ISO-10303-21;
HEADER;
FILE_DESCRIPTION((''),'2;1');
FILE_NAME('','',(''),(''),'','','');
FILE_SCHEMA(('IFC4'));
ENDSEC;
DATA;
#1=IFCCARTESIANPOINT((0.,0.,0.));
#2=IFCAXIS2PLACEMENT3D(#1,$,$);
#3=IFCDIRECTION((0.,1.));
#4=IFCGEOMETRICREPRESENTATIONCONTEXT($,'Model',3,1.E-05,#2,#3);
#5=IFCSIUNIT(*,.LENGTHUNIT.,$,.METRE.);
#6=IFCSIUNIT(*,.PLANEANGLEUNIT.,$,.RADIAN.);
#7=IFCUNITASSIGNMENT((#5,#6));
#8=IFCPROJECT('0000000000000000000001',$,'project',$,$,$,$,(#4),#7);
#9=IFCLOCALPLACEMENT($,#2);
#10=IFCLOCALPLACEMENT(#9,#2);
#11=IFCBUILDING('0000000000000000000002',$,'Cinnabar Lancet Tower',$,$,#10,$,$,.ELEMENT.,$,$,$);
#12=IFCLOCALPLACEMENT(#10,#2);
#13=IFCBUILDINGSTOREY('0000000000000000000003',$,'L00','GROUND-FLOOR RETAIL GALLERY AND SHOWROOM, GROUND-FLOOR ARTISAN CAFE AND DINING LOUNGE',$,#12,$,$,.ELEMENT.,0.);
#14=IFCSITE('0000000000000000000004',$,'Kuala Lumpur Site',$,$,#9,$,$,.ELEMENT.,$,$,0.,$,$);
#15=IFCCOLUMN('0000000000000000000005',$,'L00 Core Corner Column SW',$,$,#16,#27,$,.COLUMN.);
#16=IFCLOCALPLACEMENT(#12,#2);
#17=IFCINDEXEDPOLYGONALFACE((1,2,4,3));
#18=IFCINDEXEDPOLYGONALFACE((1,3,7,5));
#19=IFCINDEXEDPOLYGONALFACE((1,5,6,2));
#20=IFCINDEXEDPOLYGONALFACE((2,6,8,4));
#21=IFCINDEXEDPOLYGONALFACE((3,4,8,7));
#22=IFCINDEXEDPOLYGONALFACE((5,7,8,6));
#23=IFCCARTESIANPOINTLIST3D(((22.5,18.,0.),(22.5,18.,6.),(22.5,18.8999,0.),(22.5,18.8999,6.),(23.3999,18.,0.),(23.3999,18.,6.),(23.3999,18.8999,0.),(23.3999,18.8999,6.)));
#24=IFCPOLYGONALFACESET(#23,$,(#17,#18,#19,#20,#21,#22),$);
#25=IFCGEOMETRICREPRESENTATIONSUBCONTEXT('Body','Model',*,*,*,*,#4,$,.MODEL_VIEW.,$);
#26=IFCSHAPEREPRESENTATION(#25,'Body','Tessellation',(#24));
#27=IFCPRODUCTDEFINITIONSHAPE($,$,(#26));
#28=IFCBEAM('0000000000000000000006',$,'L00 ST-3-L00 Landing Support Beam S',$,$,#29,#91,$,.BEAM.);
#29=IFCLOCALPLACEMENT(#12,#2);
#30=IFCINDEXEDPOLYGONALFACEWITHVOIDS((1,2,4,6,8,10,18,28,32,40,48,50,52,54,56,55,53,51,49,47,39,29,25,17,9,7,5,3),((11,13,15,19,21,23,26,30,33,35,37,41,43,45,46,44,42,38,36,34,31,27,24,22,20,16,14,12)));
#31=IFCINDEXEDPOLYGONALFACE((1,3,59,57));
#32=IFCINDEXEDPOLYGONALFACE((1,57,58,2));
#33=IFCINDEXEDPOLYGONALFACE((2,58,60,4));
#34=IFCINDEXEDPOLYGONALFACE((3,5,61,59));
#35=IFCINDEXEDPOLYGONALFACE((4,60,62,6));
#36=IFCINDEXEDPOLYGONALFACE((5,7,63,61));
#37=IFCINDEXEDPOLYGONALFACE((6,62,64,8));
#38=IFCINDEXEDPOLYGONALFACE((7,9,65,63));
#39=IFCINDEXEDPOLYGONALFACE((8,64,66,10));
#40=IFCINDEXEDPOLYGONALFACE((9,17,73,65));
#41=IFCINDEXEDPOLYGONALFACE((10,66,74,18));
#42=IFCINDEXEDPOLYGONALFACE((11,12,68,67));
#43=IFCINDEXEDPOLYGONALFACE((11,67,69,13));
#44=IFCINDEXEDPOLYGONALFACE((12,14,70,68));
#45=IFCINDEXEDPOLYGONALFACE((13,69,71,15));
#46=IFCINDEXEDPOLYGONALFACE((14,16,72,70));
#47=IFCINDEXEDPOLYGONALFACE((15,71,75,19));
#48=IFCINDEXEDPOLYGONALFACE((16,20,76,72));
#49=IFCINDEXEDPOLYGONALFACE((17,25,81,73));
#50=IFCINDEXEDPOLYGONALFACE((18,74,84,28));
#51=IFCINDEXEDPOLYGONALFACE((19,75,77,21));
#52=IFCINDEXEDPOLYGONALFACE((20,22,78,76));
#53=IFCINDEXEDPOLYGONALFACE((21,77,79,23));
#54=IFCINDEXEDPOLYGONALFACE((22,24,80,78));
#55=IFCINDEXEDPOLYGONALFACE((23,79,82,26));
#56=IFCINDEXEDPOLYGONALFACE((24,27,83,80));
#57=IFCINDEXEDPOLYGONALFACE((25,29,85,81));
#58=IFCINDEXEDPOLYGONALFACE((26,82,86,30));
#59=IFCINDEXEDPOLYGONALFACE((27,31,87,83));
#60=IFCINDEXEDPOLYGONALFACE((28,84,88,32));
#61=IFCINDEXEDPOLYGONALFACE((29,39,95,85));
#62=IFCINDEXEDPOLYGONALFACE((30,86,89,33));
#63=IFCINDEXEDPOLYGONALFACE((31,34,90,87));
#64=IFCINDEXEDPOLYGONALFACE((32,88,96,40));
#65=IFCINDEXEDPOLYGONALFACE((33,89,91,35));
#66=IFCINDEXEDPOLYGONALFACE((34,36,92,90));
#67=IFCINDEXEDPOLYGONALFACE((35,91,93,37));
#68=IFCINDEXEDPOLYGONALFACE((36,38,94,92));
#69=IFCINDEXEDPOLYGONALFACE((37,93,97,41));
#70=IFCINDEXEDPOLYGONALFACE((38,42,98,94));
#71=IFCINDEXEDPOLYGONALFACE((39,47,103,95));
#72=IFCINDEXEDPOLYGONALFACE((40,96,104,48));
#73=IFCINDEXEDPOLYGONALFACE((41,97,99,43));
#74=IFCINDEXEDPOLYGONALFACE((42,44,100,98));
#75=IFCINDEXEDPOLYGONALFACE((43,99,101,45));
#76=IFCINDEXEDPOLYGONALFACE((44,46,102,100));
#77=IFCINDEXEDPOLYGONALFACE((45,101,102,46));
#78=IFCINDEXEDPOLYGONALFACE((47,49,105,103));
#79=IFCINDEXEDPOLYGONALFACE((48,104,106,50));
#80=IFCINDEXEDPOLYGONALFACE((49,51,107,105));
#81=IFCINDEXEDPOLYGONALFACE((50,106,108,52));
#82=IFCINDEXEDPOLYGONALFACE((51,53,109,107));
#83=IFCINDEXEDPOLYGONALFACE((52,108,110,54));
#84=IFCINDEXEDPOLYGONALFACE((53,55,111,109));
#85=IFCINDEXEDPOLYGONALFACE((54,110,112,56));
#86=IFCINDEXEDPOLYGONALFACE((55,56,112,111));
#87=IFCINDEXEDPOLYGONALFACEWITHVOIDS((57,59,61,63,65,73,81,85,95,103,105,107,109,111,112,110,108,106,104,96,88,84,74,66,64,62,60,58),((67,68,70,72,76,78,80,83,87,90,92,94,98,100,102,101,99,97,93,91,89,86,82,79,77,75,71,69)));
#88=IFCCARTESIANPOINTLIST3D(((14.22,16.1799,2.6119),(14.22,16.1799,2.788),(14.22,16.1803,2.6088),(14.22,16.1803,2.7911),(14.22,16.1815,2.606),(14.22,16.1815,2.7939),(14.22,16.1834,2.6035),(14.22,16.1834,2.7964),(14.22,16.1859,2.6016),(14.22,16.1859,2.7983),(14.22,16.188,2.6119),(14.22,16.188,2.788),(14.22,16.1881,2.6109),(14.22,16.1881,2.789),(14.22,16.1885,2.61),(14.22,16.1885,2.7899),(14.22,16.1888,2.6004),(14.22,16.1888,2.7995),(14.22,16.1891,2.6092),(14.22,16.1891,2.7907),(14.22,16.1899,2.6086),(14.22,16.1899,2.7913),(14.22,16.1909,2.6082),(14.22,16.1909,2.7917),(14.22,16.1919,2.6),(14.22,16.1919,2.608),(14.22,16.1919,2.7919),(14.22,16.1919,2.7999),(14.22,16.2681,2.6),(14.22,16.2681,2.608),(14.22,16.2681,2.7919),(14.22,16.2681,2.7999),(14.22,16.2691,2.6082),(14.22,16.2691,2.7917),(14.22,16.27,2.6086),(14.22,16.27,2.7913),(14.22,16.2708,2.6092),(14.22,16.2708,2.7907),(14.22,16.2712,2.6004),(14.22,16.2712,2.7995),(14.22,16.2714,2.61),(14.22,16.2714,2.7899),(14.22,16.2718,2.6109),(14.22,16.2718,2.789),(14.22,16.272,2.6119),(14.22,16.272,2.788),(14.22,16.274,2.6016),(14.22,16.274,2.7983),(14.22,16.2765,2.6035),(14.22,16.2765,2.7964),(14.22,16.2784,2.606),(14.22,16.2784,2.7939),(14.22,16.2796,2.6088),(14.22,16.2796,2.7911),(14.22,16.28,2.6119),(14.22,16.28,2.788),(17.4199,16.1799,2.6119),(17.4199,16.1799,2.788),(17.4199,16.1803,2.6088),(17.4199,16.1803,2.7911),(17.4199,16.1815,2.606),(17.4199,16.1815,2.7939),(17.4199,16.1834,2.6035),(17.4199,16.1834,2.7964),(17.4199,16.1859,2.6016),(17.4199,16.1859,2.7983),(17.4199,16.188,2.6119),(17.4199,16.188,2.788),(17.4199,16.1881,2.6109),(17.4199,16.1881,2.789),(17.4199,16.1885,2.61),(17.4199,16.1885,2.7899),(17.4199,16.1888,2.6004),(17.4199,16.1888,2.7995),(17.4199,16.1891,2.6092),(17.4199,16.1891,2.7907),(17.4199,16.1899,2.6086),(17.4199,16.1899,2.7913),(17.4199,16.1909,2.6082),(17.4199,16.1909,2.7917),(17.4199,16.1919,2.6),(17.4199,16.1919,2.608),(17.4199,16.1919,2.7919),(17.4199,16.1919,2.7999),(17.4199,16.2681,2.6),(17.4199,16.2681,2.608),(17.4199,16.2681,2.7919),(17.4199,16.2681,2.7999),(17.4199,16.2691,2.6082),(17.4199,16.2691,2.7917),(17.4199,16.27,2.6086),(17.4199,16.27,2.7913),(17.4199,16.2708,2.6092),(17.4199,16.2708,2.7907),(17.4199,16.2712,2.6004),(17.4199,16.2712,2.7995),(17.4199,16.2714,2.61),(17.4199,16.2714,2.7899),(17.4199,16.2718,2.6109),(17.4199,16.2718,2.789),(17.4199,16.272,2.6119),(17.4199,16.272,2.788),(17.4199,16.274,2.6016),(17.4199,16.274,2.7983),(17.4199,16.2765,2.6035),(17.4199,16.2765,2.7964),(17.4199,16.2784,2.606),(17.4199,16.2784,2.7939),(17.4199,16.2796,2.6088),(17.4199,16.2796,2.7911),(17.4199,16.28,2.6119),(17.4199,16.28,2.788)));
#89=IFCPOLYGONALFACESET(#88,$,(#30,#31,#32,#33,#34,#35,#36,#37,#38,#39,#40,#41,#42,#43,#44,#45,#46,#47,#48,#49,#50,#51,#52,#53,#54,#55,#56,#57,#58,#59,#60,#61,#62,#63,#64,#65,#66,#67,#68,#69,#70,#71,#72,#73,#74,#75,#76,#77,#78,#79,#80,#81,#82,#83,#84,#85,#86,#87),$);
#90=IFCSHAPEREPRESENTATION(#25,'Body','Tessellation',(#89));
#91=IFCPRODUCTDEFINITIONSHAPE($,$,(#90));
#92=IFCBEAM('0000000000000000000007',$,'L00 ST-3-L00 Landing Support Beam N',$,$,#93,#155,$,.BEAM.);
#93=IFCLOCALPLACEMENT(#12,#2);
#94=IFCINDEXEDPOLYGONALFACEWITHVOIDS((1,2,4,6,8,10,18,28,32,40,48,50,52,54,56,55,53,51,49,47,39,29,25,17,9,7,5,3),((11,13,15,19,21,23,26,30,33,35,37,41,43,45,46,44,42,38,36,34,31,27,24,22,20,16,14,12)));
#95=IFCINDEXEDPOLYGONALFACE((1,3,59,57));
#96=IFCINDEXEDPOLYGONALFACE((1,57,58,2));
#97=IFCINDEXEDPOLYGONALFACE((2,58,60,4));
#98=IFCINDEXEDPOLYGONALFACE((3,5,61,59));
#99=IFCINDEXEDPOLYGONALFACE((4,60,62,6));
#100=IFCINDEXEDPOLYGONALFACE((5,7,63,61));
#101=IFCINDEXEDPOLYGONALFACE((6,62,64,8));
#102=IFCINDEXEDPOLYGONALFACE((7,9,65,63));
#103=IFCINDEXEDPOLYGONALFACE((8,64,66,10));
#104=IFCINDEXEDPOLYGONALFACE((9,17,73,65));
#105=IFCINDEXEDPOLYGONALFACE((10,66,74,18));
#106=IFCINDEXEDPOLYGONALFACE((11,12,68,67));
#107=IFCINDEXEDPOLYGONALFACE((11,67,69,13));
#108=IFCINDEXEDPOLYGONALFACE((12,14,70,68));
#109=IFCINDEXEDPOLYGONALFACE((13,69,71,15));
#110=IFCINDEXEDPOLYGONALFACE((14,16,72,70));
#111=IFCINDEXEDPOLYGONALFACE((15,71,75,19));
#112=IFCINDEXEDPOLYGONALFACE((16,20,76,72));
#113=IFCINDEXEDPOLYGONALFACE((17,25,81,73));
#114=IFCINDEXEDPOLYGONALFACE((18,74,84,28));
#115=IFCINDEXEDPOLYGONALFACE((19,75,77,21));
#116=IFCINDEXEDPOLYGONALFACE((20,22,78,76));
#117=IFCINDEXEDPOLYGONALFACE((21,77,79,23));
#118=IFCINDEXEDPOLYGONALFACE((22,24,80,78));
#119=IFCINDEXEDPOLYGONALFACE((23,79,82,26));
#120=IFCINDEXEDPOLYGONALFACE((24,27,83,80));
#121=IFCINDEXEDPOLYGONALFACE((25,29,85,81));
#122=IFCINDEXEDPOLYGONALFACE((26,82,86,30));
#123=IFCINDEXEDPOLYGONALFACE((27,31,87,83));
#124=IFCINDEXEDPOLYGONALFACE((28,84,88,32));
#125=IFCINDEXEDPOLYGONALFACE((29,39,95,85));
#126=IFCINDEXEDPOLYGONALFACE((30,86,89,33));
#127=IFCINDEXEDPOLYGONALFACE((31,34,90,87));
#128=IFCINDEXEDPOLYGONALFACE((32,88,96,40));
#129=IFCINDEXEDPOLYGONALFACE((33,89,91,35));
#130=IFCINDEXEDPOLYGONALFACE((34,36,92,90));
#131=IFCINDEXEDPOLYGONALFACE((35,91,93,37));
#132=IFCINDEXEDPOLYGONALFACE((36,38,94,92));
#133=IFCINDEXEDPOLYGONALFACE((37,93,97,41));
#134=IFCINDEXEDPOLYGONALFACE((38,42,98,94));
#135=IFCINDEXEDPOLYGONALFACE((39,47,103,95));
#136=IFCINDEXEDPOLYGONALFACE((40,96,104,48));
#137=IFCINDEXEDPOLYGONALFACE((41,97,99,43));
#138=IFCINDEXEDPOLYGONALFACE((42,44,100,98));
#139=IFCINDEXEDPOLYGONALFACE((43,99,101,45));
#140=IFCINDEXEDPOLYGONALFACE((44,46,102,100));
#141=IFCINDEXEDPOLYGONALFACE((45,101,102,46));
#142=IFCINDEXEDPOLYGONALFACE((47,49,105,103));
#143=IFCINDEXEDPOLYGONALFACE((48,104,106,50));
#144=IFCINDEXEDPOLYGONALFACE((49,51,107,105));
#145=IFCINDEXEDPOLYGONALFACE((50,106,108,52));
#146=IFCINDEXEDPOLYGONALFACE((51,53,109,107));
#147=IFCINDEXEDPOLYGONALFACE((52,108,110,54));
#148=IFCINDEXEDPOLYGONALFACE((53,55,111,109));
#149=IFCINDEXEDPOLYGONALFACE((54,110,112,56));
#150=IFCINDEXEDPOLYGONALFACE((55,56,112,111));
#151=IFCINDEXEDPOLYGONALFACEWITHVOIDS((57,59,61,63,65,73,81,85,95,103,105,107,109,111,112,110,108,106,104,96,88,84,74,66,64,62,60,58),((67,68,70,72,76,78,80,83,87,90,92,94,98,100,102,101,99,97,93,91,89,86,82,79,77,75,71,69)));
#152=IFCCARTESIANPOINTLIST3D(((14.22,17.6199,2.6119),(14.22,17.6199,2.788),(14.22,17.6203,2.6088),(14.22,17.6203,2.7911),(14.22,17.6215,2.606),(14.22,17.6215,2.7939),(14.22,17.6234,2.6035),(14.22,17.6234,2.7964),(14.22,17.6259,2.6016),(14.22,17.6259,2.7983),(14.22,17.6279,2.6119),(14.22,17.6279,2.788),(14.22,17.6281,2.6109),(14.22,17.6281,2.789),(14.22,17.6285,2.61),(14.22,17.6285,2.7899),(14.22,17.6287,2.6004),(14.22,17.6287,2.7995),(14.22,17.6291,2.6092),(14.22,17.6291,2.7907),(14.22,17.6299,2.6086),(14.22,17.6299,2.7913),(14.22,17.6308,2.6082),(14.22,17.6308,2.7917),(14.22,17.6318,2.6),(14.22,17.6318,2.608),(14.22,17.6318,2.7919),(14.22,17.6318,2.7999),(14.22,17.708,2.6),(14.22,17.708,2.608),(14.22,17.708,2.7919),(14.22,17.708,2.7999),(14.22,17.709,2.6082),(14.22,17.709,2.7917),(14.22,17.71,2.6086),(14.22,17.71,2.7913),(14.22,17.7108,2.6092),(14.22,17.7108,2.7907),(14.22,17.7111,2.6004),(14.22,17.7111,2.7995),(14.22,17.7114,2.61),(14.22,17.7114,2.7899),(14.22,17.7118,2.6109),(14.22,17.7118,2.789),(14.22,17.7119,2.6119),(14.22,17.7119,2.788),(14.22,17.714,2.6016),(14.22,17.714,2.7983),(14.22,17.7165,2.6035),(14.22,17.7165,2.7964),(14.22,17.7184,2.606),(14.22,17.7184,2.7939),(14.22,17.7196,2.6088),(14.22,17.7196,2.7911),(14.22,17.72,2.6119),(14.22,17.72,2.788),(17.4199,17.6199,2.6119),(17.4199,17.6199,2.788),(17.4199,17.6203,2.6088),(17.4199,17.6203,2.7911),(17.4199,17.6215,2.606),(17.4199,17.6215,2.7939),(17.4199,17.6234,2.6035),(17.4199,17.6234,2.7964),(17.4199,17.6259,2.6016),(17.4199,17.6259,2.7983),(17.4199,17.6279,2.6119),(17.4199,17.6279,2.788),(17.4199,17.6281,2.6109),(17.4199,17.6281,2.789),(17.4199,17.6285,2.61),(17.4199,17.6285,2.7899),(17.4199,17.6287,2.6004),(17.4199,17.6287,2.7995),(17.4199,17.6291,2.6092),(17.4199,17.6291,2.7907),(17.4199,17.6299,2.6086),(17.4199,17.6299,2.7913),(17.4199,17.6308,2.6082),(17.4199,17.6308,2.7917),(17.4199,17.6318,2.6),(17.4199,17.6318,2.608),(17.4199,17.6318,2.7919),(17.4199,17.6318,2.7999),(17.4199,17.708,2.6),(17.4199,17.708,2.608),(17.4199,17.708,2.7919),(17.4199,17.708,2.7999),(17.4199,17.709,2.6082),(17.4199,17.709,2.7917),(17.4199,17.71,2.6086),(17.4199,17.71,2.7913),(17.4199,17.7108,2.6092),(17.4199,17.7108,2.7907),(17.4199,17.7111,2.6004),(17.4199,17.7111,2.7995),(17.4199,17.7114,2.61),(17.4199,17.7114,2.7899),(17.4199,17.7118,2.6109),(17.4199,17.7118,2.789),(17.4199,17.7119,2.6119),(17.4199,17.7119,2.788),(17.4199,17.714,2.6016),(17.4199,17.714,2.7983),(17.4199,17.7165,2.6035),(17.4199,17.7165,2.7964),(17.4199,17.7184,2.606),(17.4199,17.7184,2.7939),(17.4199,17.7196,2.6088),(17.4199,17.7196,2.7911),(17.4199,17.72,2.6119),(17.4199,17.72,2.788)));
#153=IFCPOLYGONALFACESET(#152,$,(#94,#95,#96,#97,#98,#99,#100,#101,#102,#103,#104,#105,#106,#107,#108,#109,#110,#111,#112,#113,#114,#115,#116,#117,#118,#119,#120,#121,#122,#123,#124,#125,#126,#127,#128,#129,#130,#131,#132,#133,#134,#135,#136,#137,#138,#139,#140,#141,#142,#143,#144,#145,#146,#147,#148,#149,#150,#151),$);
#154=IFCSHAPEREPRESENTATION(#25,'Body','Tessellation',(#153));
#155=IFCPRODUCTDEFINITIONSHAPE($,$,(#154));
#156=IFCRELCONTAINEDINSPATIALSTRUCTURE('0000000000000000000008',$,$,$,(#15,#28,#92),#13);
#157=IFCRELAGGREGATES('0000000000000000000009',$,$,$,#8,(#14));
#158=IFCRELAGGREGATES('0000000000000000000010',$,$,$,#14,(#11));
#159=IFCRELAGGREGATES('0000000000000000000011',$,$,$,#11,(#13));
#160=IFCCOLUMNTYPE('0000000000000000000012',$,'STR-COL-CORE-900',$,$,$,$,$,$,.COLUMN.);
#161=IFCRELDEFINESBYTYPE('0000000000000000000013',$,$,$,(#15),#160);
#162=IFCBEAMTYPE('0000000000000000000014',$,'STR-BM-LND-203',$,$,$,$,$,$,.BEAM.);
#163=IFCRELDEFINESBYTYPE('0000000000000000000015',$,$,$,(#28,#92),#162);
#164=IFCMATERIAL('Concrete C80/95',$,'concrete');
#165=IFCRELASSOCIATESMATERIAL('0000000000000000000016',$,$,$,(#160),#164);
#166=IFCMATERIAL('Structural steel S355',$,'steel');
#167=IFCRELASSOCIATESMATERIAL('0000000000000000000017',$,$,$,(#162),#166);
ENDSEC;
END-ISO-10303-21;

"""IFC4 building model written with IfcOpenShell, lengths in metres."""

from ifc_helpers import new_model, si_unit, direction, frame, origin, origin_2d, place, context, subcontext, project, spatial, rectangle, hollow_rectangle, extrude, material, material_profile, profile_set, type_object, element, save


model = new_model("IFC4")

# Units and contexts
model_context = context("Model", 3, precision=1e-05, world=origin(), true_north=direction((0.0, 1.0)))
body_context = subcontext(model_context, "Body", "Model", "MODEL_VIEW")
ifc_project = project(units=[si_unit("LENGTHUNIT", "METRE"), si_unit("PLANEANGLEUNIT", "RADIAN")], contexts=[model_context])

# Site, building, storey
site_placement = place(None, origin())
site = spatial("IfcSite", under=ifc_project, at=site_placement, Name="Kuala Lumpur Site", CompositionType="ELEMENT", RefElevation=0.0)
building_placement = place(site_placement, origin())
building = spatial("IfcBuilding", under=site, at=building_placement, Name="Cinnabar Lancet Tower", CompositionType="ELEMENT")
storey_placement = place(building_placement, origin())
storey = spatial("IfcBuildingStorey", under=building, at=storey_placement, Name="L00", Description="GROUND-FLOOR RETAIL GALLERY AND SHOWROOM, GROUND-FLOOR ARTISAN CAFE AND DINING LOUNGE", CompositionType="ELEMENT", Elevation=0.0)

# Column
ifc_material_1 = material(Name="Concrete C80/95", Category="concrete")
ifc_material_profile_1 = material_profile(ifc_material_1, rectangle(XDim=0.8999, YDim=0.8999, at=origin_2d()), Name="RC-COL 900x900")
ifc_profile_set_1 = profile_set([ifc_material_profile_1], Name="Concrete C80/95")
column_type = type_object("IfcColumnType", Name="STR-COL-CORE-900", PredefinedType="COLUMN", material=ifc_profile_set_1)
column_placement = place(storey_placement, frame((22.95, 18.45, 0.0), z_axis=(0.0, 0.0, 1.0), x_axis=(1.0, 0.0, 0.0)))
element("IfcColumn", 1, at=column_placement, inside=storey, type_object=column_type, Name="L00 Core Corner Column SW", PredefinedType="COLUMN", context=body_context, shape_type="SweptSolid", body=[
    extrude(rectangle(XDim=0.8999, YDim=0.8999, at=origin_2d()), origin(), (0.0, 0.0, 1.0), 6.0),
])

# Beams
ifc_material_2 = material(Name="Structural steel S355", Category="steel")
ifc_material_profile_2 = material_profile(ifc_material_2, hollow_rectangle(XDim=0.1001, YDim=0.2, WallThickness=0.0081, InnerFilletRadius=0.0039, OuterFilletRadius=0.012, at=origin_2d()), Name="RHS 200x100x8")
ifc_profile_set_2 = profile_set([ifc_material_profile_2], Name="Structural steel S355")
beam_type = type_object("IfcBeamType", Name="STR-BM-LND-203", PredefinedType="BEAM", material=ifc_profile_set_2)
for number, where, z_axis, x_axis, name in (
    (2, (14.22, 16.23, 2.7), (1.0, 0.0, 0.0), (0.0, 1.0, 0.0), "L00 ST-3-L00 Landing Support Beam S"),
    (3, (14.22, 17.6699, 2.7), (1.0, 0.0, 0.0), (0.0, 1.0, 0.0), "L00 ST-3-L00 Landing Support Beam N"),
):
    element("IfcBeam", number, at=place(storey_placement, frame(where, z_axis=z_axis, x_axis=x_axis)), inside=storey, type_object=beam_type, Name=name, PredefinedType="BEAM", context=body_context, shape_type="SweptSolid", body=[
        extrude(hollow_rectangle(XDim=0.1001, YDim=0.2, WallThickness=0.0081, InnerFilletRadius=0.0039, OuterFilletRadius=0.012, at=origin_2d()), origin(), (0.0, 0.0, 1.0), 3.2),
    ])

save(model, "model.ifc")
